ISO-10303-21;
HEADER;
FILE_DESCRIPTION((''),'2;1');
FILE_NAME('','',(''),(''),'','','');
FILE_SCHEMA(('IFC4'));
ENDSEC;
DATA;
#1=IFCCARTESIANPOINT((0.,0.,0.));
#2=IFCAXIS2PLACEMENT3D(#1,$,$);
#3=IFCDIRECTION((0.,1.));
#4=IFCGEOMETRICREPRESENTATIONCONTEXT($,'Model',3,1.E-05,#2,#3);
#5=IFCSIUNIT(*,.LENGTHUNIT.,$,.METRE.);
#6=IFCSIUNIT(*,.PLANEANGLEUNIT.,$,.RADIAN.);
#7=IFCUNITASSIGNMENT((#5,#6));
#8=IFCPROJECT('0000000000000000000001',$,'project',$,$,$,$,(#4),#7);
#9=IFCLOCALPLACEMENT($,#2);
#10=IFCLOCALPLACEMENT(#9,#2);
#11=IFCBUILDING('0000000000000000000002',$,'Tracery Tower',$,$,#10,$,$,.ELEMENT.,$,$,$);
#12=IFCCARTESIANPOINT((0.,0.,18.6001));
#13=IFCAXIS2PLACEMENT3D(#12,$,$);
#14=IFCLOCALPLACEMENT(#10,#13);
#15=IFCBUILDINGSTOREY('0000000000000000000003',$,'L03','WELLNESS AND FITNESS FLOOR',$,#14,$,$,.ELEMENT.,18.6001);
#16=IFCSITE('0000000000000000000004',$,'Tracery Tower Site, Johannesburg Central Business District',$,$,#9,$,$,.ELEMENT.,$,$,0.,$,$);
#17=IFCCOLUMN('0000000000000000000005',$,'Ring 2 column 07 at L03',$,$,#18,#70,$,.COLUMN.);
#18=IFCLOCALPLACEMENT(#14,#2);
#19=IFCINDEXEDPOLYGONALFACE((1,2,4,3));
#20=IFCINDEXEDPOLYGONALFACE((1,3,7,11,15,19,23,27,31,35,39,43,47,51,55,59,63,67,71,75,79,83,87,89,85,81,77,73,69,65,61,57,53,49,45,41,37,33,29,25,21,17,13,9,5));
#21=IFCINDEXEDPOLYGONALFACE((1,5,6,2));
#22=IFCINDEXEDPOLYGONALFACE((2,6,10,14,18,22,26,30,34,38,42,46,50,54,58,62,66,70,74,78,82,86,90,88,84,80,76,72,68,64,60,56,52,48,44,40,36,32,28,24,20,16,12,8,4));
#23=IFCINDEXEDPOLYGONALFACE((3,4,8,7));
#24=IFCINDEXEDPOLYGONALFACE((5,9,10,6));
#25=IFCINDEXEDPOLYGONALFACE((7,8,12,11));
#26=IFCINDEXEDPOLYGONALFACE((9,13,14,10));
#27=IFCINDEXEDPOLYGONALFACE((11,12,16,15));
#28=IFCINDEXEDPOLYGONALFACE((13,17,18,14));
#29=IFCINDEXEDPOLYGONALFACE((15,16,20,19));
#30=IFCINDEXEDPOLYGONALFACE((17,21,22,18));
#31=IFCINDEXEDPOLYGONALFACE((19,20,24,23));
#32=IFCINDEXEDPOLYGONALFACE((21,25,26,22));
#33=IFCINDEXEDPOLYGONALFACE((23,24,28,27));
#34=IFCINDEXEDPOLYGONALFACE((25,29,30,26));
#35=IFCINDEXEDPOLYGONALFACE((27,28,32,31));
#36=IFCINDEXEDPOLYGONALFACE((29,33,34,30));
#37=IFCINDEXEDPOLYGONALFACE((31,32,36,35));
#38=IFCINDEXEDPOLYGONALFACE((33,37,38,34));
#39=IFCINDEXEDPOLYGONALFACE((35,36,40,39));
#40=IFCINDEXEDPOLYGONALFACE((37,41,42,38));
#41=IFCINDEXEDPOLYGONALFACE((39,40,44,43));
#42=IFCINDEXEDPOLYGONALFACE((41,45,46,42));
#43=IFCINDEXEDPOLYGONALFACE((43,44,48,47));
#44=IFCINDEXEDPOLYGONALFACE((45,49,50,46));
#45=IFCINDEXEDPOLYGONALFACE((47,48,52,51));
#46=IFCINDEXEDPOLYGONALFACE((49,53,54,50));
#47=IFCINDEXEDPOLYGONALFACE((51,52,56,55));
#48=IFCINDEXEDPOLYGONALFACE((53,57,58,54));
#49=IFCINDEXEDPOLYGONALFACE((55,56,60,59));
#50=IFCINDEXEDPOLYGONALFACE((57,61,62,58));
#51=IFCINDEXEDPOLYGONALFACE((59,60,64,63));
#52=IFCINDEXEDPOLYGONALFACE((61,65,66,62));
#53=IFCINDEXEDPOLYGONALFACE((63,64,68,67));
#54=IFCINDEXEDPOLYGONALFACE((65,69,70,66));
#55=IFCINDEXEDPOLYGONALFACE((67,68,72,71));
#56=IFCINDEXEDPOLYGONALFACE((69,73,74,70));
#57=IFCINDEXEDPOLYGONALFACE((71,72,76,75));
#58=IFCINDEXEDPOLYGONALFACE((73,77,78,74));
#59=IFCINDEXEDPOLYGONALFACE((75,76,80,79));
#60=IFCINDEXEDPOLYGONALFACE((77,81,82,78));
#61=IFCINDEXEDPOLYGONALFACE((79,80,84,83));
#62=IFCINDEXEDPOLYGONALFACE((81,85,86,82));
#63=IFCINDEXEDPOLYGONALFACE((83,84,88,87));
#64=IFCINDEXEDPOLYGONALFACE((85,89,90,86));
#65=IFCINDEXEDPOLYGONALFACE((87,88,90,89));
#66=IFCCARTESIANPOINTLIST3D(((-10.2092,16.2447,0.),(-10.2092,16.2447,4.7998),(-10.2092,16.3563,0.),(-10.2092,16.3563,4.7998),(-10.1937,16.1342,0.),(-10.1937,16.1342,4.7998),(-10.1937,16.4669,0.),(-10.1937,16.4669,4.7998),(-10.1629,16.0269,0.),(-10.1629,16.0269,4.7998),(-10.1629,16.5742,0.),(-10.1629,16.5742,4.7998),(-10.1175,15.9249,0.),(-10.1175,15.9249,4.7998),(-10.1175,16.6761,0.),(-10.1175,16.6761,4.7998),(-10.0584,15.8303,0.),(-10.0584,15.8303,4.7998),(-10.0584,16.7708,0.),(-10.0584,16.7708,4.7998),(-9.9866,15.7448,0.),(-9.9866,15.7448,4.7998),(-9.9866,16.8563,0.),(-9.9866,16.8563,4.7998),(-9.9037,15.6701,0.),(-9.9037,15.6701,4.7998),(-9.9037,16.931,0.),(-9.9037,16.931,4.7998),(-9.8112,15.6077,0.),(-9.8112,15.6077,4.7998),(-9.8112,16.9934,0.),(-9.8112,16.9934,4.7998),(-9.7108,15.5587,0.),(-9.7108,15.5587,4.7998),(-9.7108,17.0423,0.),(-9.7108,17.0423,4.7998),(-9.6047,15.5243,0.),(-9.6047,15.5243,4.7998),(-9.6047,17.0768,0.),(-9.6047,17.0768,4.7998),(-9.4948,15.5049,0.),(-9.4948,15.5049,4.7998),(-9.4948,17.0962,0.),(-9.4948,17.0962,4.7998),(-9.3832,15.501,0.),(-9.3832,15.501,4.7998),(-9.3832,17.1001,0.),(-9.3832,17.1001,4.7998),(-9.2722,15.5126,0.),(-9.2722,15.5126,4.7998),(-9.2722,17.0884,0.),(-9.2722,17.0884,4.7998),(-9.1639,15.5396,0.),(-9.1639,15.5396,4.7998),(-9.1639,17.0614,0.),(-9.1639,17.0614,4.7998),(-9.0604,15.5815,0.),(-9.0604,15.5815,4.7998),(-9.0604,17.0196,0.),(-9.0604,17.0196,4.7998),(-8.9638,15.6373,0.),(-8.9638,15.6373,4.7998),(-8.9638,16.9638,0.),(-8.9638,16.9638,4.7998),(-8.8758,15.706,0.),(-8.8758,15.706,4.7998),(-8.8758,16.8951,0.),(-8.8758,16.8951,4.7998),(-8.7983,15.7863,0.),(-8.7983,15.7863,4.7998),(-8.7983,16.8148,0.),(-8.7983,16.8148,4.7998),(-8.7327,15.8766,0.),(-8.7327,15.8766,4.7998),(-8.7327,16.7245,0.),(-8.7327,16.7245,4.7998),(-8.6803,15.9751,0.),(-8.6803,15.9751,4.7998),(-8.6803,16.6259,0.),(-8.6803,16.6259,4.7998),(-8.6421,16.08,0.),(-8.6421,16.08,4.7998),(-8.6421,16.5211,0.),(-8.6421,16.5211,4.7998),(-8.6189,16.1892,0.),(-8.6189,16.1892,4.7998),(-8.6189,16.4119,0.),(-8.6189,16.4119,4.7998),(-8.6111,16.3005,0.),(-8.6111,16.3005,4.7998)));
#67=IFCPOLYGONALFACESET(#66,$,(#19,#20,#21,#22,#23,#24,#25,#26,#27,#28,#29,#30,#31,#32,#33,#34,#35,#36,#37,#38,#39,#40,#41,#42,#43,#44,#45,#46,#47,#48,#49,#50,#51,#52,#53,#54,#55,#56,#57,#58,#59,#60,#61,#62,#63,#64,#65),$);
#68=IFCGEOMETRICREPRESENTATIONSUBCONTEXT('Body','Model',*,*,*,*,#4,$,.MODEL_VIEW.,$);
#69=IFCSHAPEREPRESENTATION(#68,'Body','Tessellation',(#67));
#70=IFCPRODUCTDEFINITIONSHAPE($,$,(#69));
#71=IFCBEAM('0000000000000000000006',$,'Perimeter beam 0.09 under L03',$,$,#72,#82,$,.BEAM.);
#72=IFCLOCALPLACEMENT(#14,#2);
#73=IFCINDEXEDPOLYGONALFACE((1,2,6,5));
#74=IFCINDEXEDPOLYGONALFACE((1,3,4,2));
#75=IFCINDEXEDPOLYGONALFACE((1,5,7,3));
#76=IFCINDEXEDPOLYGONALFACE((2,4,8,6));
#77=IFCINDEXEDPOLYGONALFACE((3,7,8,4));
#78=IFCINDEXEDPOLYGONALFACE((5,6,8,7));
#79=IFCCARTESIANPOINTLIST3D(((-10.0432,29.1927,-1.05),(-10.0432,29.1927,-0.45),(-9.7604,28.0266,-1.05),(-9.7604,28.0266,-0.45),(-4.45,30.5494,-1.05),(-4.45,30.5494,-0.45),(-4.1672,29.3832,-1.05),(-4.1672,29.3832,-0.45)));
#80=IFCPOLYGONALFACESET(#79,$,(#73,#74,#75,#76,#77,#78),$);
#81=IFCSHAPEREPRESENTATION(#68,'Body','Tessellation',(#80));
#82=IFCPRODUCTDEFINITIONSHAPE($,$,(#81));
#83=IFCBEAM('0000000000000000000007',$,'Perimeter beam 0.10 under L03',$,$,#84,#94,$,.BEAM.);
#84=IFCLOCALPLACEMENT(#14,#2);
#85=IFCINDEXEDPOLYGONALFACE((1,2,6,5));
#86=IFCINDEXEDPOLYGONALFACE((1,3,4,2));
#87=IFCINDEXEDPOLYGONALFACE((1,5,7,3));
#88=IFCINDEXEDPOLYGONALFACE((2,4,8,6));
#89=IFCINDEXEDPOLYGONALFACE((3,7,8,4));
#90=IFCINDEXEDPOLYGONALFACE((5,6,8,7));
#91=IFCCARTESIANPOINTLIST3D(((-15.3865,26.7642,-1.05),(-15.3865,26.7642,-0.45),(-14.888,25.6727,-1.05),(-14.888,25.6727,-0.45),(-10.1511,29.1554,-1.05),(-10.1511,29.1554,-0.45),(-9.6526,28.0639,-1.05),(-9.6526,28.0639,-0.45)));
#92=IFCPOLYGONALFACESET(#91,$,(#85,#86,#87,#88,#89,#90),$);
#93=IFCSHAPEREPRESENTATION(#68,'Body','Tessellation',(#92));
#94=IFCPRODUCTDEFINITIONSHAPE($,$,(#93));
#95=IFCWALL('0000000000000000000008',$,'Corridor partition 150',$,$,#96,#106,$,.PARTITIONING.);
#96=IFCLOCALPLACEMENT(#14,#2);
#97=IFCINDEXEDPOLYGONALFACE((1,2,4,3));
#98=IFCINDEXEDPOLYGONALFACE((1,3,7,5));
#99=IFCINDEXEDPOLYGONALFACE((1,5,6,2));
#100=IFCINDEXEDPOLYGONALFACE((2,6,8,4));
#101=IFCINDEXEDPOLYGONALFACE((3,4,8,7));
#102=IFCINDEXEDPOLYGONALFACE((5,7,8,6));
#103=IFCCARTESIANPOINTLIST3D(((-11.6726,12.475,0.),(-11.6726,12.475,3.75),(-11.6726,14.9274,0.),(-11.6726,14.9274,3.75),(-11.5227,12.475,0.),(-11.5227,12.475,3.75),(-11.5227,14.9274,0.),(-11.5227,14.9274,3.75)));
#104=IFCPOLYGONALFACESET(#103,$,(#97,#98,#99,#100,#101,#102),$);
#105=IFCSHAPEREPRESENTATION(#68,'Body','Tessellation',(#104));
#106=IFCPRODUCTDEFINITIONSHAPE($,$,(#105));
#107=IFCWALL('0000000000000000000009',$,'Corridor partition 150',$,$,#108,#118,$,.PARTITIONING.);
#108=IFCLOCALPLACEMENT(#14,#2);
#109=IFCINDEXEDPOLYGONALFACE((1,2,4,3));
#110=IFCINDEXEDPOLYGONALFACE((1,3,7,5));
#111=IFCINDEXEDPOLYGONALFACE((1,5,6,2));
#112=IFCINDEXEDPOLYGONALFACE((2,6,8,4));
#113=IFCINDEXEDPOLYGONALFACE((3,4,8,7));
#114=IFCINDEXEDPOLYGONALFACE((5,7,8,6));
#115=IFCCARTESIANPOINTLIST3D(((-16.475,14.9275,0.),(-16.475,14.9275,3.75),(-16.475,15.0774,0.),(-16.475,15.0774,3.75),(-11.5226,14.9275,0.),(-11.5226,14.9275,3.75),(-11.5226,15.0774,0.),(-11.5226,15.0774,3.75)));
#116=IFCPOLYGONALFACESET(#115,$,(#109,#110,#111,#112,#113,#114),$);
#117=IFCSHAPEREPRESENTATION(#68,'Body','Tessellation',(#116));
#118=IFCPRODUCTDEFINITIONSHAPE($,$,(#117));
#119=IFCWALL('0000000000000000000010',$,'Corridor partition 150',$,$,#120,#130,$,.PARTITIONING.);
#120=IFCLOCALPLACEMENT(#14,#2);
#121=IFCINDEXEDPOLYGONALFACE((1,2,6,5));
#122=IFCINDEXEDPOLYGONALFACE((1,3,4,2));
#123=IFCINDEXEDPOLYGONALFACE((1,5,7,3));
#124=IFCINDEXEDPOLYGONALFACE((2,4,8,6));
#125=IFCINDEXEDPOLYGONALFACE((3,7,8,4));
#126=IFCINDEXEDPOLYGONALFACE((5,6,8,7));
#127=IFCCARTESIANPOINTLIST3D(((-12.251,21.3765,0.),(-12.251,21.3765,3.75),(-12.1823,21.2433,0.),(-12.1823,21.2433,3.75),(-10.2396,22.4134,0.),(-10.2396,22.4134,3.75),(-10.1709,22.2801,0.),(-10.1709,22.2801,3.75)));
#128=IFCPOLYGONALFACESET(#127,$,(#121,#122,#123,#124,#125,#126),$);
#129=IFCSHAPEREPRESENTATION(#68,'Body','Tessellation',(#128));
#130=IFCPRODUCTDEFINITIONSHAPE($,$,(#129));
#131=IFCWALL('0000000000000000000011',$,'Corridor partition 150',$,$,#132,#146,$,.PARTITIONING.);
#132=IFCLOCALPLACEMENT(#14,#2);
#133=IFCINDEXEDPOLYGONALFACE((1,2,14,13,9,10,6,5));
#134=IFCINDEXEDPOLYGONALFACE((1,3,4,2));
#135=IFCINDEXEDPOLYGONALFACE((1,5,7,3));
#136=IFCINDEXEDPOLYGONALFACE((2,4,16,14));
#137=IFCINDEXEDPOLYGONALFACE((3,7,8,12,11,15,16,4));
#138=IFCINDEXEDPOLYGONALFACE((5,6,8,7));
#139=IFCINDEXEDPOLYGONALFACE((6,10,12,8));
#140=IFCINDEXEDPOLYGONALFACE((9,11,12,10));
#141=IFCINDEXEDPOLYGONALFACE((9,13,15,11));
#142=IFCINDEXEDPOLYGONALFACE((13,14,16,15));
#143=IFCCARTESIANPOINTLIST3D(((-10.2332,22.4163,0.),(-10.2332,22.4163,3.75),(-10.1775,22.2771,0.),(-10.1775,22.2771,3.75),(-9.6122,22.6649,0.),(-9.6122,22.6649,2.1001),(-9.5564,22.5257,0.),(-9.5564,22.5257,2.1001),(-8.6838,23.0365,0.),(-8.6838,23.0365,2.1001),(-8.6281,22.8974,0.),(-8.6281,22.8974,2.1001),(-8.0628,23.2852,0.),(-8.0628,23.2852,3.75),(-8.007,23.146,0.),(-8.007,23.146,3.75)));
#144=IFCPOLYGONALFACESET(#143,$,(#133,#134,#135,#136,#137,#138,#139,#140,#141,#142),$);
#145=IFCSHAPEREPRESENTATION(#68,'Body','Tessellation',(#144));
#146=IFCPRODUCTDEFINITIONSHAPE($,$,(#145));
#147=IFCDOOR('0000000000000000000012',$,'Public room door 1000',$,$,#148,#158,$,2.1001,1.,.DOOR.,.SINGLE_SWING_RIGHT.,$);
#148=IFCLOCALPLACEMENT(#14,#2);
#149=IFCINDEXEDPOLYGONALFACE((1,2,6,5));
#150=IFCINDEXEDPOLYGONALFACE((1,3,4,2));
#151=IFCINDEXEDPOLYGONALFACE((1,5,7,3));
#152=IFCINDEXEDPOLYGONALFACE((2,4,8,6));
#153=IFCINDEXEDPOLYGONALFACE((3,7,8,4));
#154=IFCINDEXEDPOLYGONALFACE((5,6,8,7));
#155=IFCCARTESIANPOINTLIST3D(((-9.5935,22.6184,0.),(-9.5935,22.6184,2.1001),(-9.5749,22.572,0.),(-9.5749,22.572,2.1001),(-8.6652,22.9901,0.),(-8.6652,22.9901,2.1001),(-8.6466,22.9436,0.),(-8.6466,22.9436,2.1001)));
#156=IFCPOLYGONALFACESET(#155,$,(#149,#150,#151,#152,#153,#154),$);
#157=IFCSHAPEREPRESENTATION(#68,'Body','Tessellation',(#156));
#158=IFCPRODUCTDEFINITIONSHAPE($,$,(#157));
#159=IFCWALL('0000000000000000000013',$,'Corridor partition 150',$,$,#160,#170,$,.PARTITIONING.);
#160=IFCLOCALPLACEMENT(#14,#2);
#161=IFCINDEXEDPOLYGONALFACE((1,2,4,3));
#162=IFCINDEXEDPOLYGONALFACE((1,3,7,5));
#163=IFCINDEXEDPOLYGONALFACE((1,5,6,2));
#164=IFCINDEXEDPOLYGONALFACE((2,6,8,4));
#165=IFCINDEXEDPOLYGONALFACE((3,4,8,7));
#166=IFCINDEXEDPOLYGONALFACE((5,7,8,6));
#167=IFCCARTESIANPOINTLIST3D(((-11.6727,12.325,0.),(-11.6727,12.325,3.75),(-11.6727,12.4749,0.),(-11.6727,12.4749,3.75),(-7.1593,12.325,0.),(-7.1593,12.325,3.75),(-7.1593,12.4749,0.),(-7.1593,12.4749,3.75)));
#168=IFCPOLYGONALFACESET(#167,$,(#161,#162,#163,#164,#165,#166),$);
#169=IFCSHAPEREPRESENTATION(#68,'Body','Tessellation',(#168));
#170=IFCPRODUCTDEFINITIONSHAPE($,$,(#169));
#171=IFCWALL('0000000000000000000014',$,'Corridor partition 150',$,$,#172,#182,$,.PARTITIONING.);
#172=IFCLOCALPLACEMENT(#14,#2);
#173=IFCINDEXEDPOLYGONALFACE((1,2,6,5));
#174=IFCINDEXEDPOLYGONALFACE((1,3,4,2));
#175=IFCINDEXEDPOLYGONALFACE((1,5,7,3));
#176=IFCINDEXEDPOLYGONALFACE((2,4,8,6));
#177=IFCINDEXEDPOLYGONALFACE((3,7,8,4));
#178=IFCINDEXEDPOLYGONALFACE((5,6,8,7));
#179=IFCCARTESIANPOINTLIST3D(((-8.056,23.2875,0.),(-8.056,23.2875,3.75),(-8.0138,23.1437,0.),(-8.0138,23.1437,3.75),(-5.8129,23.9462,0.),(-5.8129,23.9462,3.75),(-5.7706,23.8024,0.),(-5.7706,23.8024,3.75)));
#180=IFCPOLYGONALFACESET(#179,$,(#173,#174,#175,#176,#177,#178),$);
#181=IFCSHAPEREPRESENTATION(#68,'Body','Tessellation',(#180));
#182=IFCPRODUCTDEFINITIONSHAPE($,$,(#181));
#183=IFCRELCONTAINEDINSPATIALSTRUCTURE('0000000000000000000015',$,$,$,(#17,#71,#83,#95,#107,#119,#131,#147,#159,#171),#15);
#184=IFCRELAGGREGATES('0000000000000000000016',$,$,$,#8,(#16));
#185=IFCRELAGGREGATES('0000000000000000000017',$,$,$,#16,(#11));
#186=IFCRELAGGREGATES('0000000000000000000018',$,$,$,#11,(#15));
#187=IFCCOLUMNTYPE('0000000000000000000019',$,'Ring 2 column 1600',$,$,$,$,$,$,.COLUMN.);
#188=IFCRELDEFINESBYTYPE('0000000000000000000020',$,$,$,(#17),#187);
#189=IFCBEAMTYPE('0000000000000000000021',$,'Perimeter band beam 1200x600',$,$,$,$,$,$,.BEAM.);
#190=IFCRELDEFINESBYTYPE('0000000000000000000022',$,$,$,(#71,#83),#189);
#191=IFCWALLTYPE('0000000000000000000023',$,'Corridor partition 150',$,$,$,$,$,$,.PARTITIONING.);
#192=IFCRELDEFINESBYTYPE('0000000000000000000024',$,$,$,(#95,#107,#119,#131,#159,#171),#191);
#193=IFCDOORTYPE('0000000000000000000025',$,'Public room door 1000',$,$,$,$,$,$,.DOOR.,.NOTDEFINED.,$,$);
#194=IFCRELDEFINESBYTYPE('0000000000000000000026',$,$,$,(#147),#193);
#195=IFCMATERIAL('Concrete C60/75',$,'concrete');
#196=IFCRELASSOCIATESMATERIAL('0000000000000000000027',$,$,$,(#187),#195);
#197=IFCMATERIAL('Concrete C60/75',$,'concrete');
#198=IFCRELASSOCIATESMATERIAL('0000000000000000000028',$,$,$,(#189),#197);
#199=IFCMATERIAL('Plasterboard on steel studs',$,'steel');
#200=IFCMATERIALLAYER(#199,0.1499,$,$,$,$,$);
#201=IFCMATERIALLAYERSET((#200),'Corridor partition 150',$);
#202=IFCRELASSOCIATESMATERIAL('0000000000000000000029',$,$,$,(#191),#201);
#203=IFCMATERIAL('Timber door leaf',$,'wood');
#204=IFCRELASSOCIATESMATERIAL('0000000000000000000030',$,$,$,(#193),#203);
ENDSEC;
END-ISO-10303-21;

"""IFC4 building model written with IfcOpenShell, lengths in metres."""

from ifc_helpers import new_model, si_unit, direction, frame, frame_2d, origin, origin_2d, place, context, subcontext, project, spatial, rectangle, circle, extrude, material, layer, layer_set, material_profile, profile_set, type_object, element, fill, save


model = new_model("IFC4")

# Units and contexts
model_context = context("Model", 3, precision=1e-05, world=origin(), true_north=direction((0.0, 1.0)))
body_context = subcontext(model_context, "Body", "Model", "MODEL_VIEW")
ifc_project = project(units=[si_unit("LENGTHUNIT", "METRE"), si_unit("PLANEANGLEUNIT", "RADIAN")], contexts=[model_context])

# Site, building, storey
site_placement = place(None, origin())
site = spatial("IfcSite", under=ifc_project, at=site_placement, Name="Tracery Tower Site, Johannesburg Central Business District", CompositionType="ELEMENT", RefElevation=0.0)
building_placement = place(site_placement, origin())
building = spatial("IfcBuilding", under=site, at=building_placement, Name="Tracery Tower", CompositionType="ELEMENT")
storey_placement = place(building_placement, frame((0.0, 0.0, 18.6001)))
storey = spatial("IfcBuildingStorey", under=building, at=storey_placement, Name="L03", Description="WELLNESS AND FITNESS FLOOR", CompositionType="ELEMENT", Elevation=18.6001)

# Column
ifc_material_1 = material(Name="Concrete C60/75", Category="concrete")
ifc_material_profile_1 = material_profile(ifc_material_1, circle(Radius=0.8, at=origin_2d()), Name="RC D1600")
ifc_profile_set_1 = profile_set([ifc_material_profile_1], Name="Concrete C60/75")
column_type_1 = type_object("IfcColumnType", Name="Ring 2 column 1600", PredefinedType="COLUMN", material=ifc_profile_set_1)
for number, where, z_axis, x_axis, name in (
    (1, (-9.4111, 16.3005, 0.0), (0.0, 0.0, 1.0), (1.0, 0.0, 0.0), "Ring 2 column 07 at L03"),
):
    element("IfcColumn", number, at=place(storey_placement, frame(where, z_axis=z_axis, x_axis=x_axis)), inside=storey, type_object=column_type_1, Name=name, PredefinedType="COLUMN", context=body_context, shape_type="SweptSolid", body=[
        extrude(circle(Radius=0.8, at=origin_2d()), origin(), (0.0, 0.0, 1.0), 4.7998),
    ])

# Beams
ifc_material_2 = material(Name="Concrete C60/75", Category="concrete")
ifc_material_profile_2 = material_profile(ifc_material_2, rectangle(XDim=1.2, YDim=0.6001, at=origin_2d()), Name="RC 1200x600")
ifc_profile_set_2 = profile_set([ifc_material_profile_2], Name="Concrete C60/75")
beam_type = type_object("IfcBeamType", Name="Perimeter band beam 1200x600", PredefinedType="BEAM", material=ifc_profile_set_2)
beam_1_placement = place(storey_placement, frame((-4.3086, 29.9663, -0.75), z_axis=(-0.97182, -0.235723, 0.0), x_axis=(0.235723, -0.97182, 0.0)))
element("IfcBeam", 2, at=beam_1_placement, inside=storey, type_object=beam_type, Name="Perimeter beam 0.09 under L03", PredefinedType="BEAM", context=body_context, shape_type="SweptSolid", body=[
    extrude(rectangle(XDim=1.2, YDim=0.6001, at=origin_2d()), origin(), (0.0, 0.0, 1.0), 5.7554),
])
beam_2_placement = place(storey_placement, frame((-9.9019, 28.6096, -0.75), z_axis=(-0.909618, -0.415445, 0.0), x_axis=(0.415445, -0.909618, 0.0)))
element("IfcBeam", 3, at=beam_2_placement, inside=storey, type_object=beam_type, Name="Perimeter beam 0.10 under L03", PredefinedType="BEAM", context=body_context, shape_type="SweptSolid", body=[
    extrude(rectangle(XDim=1.2, YDim=0.6001, at=origin_2d()), origin(), (0.0, 0.0, 1.0), 5.7556),
])

# Walls
ifc_material_3 = material(Name="Plasterboard on steel studs", Category="steel")
ifc_layer_1 = layer(ifc_material_3, 0.1499)
ifc_layer_set_1 = layer_set([ifc_layer_1], Name="Corridor partition 150")
wall_type_1 = type_object("IfcWallType", Name="Corridor partition 150", PredefinedType="PARTITIONING", material=ifc_layer_set_1)
wall_1_placement = place(storey_placement, frame((-11.5977, 12.4751, 0.0), z_axis=(0.0, 0.0, 1.0), x_axis=(0.0, 1.0, 0.0)))
element("IfcWall", 4, at=wall_1_placement, inside=storey, type_object=wall_type_1, Name="Corridor partition 150", PredefinedType="PARTITIONING", context=body_context, shape_type="SweptSolid", body=[
    extrude(rectangle(XDim=2.4524, YDim=0.1499, at=frame_2d((1.2261, 0.0))), origin(), (0.0, 0.0, 1.0), 3.75),
])
wall_2_placement = place(storey_placement, frame((-11.5227, 15.0024, 0.0), z_axis=(0.0, 0.0, 1.0), x_axis=(-1.0, 0.0, 0.0)))
element("IfcWall", 5, at=wall_2_placement, inside=storey, type_object=wall_type_1, Name="Corridor partition 150", PredefinedType="PARTITIONING", context=body_context, shape_type="SweptSolid", body=[
    extrude(rectangle(XDim=4.9524, YDim=0.1499, at=frame_2d((2.4761, 0.0))), origin(), (0.0, 0.0, 1.0), 3.75),
])
wall_3_placement = place(storey_placement, frame((-10.2053, 22.3467, 0.0), z_axis=(0.0, 0.0, 1.0), x_axis=(-0.888857, -0.458184, 0.0)))
element("IfcWall", 6, at=wall_3_placement, inside=storey, type_object=wall_type_1, Name="Corridor partition 150", PredefinedType="PARTITIONING", context=body_context, shape_type="SweptSolid", body=[
    extrude(rectangle(XDim=2.2629, YDim=0.1499, at=frame_2d((1.1313, 0.0))), origin(), (0.0, 0.0, 1.0), 3.75),
])

# Wall, opening, door
wall_4_placement = place(storey_placement, frame((-10.2053, 22.3467, 0.0), z_axis=(0.0, 0.0, 1.0), x_axis=(0.928369, 0.371661, 0.0)))
wall_4 = element("IfcWall", 7, at=wall_4_placement, inside=storey, type_object=wall_type_1, Name="Corridor partition 150", PredefinedType="PARTITIONING", context=body_context, shape_type="SweptSolid", body=[
    extrude(rectangle(XDim=2.3379, YDim=0.1499, at=frame_2d((1.1689, 0.0))), origin(), (0.0, 0.0, 1.0), 3.75),
])
opening_1_placement = place(wall_4_placement, frame((0.6689, 0.0, 0.0)))
opening_1 = element("IfcOpeningElement", 8, at=opening_1_placement, cuts=wall_4, PredefinedType="OPENING", context=body_context, shape_type="SweptSolid", body=[
    extrude(rectangle(XDim=1.0, YDim=2.1001, at=frame_2d((0.5, 1.05))), frame((0.0, 0.075, 0.0), z_axis=(0.0, -1.0, 0.0), x_axis=(1.0, 0.0, 0.0)), (0.0, 0.0, 1.0), 0.1499),
])
ifc_material_4 = material(Name="Timber door leaf", Category="wood")
door_type_1 = type_object("IfcDoorType", Name="Public room door 1000", OperationType="NOTDEFINED", PredefinedType="DOOR", material=ifc_material_4)
door_1_placement = place(opening_1_placement, origin())
door_1 = element("IfcDoor", 9, at=door_1_placement, inside=storey, type_object=door_type_1, Name="Public room door 1000", OperationType="SINGLE_SWING_RIGHT", OverallHeight=2.1001, OverallWidth=1.0, PredefinedType="DOOR", context=body_context, shape_type="SweptSolid", body=[
    extrude(rectangle(XDim=1.0, YDim=2.1001, at=frame_2d((0.5, 1.05))), frame((0.0, 0.0249, 0.0), z_axis=(0.0, -1.0, 0.0), x_axis=(1.0, 0.0, 0.0)), (0.0, 0.0, 1.0), 0.05),
])
fill(opening_1, door_1)

# Walls
wall_5_placement = place(storey_placement, frame((-7.1592, 12.3999, 0.0), z_axis=(0.0, 0.0, 1.0), x_axis=(-1.0, 0.0, 0.0)))
element("IfcWall", 10, at=wall_5_placement, inside=storey, type_object=wall_type_1, Name="Corridor partition 150", PredefinedType="PARTITIONING", context=body_context, shape_type="SweptSolid", body=[
    extrude(rectangle(XDim=4.5134, YDim=0.1499, at=frame_2d((2.2568, 0.0))), origin(), (0.0, 0.0, 1.0), 3.75),
])
wall_6_placement = place(storey_placement, frame((-5.7917, 23.8743, 0.0), z_axis=(0.0, 0.0, 1.0), x_axis=(-0.959488, -0.281748, 0.0)))
element("IfcWall", 11, at=wall_6_placement, inside=storey, type_object=wall_type_1, Name="Corridor partition 150", PredefinedType="PARTITIONING", context=body_context, shape_type="SweptSolid", body=[
    extrude(rectangle(XDim=2.3379, YDim=0.1499, at=frame_2d((1.1689, 0.0))), origin(), (0.0, 0.0, 1.0), 3.75),
])

save(model, "model.ifc")
